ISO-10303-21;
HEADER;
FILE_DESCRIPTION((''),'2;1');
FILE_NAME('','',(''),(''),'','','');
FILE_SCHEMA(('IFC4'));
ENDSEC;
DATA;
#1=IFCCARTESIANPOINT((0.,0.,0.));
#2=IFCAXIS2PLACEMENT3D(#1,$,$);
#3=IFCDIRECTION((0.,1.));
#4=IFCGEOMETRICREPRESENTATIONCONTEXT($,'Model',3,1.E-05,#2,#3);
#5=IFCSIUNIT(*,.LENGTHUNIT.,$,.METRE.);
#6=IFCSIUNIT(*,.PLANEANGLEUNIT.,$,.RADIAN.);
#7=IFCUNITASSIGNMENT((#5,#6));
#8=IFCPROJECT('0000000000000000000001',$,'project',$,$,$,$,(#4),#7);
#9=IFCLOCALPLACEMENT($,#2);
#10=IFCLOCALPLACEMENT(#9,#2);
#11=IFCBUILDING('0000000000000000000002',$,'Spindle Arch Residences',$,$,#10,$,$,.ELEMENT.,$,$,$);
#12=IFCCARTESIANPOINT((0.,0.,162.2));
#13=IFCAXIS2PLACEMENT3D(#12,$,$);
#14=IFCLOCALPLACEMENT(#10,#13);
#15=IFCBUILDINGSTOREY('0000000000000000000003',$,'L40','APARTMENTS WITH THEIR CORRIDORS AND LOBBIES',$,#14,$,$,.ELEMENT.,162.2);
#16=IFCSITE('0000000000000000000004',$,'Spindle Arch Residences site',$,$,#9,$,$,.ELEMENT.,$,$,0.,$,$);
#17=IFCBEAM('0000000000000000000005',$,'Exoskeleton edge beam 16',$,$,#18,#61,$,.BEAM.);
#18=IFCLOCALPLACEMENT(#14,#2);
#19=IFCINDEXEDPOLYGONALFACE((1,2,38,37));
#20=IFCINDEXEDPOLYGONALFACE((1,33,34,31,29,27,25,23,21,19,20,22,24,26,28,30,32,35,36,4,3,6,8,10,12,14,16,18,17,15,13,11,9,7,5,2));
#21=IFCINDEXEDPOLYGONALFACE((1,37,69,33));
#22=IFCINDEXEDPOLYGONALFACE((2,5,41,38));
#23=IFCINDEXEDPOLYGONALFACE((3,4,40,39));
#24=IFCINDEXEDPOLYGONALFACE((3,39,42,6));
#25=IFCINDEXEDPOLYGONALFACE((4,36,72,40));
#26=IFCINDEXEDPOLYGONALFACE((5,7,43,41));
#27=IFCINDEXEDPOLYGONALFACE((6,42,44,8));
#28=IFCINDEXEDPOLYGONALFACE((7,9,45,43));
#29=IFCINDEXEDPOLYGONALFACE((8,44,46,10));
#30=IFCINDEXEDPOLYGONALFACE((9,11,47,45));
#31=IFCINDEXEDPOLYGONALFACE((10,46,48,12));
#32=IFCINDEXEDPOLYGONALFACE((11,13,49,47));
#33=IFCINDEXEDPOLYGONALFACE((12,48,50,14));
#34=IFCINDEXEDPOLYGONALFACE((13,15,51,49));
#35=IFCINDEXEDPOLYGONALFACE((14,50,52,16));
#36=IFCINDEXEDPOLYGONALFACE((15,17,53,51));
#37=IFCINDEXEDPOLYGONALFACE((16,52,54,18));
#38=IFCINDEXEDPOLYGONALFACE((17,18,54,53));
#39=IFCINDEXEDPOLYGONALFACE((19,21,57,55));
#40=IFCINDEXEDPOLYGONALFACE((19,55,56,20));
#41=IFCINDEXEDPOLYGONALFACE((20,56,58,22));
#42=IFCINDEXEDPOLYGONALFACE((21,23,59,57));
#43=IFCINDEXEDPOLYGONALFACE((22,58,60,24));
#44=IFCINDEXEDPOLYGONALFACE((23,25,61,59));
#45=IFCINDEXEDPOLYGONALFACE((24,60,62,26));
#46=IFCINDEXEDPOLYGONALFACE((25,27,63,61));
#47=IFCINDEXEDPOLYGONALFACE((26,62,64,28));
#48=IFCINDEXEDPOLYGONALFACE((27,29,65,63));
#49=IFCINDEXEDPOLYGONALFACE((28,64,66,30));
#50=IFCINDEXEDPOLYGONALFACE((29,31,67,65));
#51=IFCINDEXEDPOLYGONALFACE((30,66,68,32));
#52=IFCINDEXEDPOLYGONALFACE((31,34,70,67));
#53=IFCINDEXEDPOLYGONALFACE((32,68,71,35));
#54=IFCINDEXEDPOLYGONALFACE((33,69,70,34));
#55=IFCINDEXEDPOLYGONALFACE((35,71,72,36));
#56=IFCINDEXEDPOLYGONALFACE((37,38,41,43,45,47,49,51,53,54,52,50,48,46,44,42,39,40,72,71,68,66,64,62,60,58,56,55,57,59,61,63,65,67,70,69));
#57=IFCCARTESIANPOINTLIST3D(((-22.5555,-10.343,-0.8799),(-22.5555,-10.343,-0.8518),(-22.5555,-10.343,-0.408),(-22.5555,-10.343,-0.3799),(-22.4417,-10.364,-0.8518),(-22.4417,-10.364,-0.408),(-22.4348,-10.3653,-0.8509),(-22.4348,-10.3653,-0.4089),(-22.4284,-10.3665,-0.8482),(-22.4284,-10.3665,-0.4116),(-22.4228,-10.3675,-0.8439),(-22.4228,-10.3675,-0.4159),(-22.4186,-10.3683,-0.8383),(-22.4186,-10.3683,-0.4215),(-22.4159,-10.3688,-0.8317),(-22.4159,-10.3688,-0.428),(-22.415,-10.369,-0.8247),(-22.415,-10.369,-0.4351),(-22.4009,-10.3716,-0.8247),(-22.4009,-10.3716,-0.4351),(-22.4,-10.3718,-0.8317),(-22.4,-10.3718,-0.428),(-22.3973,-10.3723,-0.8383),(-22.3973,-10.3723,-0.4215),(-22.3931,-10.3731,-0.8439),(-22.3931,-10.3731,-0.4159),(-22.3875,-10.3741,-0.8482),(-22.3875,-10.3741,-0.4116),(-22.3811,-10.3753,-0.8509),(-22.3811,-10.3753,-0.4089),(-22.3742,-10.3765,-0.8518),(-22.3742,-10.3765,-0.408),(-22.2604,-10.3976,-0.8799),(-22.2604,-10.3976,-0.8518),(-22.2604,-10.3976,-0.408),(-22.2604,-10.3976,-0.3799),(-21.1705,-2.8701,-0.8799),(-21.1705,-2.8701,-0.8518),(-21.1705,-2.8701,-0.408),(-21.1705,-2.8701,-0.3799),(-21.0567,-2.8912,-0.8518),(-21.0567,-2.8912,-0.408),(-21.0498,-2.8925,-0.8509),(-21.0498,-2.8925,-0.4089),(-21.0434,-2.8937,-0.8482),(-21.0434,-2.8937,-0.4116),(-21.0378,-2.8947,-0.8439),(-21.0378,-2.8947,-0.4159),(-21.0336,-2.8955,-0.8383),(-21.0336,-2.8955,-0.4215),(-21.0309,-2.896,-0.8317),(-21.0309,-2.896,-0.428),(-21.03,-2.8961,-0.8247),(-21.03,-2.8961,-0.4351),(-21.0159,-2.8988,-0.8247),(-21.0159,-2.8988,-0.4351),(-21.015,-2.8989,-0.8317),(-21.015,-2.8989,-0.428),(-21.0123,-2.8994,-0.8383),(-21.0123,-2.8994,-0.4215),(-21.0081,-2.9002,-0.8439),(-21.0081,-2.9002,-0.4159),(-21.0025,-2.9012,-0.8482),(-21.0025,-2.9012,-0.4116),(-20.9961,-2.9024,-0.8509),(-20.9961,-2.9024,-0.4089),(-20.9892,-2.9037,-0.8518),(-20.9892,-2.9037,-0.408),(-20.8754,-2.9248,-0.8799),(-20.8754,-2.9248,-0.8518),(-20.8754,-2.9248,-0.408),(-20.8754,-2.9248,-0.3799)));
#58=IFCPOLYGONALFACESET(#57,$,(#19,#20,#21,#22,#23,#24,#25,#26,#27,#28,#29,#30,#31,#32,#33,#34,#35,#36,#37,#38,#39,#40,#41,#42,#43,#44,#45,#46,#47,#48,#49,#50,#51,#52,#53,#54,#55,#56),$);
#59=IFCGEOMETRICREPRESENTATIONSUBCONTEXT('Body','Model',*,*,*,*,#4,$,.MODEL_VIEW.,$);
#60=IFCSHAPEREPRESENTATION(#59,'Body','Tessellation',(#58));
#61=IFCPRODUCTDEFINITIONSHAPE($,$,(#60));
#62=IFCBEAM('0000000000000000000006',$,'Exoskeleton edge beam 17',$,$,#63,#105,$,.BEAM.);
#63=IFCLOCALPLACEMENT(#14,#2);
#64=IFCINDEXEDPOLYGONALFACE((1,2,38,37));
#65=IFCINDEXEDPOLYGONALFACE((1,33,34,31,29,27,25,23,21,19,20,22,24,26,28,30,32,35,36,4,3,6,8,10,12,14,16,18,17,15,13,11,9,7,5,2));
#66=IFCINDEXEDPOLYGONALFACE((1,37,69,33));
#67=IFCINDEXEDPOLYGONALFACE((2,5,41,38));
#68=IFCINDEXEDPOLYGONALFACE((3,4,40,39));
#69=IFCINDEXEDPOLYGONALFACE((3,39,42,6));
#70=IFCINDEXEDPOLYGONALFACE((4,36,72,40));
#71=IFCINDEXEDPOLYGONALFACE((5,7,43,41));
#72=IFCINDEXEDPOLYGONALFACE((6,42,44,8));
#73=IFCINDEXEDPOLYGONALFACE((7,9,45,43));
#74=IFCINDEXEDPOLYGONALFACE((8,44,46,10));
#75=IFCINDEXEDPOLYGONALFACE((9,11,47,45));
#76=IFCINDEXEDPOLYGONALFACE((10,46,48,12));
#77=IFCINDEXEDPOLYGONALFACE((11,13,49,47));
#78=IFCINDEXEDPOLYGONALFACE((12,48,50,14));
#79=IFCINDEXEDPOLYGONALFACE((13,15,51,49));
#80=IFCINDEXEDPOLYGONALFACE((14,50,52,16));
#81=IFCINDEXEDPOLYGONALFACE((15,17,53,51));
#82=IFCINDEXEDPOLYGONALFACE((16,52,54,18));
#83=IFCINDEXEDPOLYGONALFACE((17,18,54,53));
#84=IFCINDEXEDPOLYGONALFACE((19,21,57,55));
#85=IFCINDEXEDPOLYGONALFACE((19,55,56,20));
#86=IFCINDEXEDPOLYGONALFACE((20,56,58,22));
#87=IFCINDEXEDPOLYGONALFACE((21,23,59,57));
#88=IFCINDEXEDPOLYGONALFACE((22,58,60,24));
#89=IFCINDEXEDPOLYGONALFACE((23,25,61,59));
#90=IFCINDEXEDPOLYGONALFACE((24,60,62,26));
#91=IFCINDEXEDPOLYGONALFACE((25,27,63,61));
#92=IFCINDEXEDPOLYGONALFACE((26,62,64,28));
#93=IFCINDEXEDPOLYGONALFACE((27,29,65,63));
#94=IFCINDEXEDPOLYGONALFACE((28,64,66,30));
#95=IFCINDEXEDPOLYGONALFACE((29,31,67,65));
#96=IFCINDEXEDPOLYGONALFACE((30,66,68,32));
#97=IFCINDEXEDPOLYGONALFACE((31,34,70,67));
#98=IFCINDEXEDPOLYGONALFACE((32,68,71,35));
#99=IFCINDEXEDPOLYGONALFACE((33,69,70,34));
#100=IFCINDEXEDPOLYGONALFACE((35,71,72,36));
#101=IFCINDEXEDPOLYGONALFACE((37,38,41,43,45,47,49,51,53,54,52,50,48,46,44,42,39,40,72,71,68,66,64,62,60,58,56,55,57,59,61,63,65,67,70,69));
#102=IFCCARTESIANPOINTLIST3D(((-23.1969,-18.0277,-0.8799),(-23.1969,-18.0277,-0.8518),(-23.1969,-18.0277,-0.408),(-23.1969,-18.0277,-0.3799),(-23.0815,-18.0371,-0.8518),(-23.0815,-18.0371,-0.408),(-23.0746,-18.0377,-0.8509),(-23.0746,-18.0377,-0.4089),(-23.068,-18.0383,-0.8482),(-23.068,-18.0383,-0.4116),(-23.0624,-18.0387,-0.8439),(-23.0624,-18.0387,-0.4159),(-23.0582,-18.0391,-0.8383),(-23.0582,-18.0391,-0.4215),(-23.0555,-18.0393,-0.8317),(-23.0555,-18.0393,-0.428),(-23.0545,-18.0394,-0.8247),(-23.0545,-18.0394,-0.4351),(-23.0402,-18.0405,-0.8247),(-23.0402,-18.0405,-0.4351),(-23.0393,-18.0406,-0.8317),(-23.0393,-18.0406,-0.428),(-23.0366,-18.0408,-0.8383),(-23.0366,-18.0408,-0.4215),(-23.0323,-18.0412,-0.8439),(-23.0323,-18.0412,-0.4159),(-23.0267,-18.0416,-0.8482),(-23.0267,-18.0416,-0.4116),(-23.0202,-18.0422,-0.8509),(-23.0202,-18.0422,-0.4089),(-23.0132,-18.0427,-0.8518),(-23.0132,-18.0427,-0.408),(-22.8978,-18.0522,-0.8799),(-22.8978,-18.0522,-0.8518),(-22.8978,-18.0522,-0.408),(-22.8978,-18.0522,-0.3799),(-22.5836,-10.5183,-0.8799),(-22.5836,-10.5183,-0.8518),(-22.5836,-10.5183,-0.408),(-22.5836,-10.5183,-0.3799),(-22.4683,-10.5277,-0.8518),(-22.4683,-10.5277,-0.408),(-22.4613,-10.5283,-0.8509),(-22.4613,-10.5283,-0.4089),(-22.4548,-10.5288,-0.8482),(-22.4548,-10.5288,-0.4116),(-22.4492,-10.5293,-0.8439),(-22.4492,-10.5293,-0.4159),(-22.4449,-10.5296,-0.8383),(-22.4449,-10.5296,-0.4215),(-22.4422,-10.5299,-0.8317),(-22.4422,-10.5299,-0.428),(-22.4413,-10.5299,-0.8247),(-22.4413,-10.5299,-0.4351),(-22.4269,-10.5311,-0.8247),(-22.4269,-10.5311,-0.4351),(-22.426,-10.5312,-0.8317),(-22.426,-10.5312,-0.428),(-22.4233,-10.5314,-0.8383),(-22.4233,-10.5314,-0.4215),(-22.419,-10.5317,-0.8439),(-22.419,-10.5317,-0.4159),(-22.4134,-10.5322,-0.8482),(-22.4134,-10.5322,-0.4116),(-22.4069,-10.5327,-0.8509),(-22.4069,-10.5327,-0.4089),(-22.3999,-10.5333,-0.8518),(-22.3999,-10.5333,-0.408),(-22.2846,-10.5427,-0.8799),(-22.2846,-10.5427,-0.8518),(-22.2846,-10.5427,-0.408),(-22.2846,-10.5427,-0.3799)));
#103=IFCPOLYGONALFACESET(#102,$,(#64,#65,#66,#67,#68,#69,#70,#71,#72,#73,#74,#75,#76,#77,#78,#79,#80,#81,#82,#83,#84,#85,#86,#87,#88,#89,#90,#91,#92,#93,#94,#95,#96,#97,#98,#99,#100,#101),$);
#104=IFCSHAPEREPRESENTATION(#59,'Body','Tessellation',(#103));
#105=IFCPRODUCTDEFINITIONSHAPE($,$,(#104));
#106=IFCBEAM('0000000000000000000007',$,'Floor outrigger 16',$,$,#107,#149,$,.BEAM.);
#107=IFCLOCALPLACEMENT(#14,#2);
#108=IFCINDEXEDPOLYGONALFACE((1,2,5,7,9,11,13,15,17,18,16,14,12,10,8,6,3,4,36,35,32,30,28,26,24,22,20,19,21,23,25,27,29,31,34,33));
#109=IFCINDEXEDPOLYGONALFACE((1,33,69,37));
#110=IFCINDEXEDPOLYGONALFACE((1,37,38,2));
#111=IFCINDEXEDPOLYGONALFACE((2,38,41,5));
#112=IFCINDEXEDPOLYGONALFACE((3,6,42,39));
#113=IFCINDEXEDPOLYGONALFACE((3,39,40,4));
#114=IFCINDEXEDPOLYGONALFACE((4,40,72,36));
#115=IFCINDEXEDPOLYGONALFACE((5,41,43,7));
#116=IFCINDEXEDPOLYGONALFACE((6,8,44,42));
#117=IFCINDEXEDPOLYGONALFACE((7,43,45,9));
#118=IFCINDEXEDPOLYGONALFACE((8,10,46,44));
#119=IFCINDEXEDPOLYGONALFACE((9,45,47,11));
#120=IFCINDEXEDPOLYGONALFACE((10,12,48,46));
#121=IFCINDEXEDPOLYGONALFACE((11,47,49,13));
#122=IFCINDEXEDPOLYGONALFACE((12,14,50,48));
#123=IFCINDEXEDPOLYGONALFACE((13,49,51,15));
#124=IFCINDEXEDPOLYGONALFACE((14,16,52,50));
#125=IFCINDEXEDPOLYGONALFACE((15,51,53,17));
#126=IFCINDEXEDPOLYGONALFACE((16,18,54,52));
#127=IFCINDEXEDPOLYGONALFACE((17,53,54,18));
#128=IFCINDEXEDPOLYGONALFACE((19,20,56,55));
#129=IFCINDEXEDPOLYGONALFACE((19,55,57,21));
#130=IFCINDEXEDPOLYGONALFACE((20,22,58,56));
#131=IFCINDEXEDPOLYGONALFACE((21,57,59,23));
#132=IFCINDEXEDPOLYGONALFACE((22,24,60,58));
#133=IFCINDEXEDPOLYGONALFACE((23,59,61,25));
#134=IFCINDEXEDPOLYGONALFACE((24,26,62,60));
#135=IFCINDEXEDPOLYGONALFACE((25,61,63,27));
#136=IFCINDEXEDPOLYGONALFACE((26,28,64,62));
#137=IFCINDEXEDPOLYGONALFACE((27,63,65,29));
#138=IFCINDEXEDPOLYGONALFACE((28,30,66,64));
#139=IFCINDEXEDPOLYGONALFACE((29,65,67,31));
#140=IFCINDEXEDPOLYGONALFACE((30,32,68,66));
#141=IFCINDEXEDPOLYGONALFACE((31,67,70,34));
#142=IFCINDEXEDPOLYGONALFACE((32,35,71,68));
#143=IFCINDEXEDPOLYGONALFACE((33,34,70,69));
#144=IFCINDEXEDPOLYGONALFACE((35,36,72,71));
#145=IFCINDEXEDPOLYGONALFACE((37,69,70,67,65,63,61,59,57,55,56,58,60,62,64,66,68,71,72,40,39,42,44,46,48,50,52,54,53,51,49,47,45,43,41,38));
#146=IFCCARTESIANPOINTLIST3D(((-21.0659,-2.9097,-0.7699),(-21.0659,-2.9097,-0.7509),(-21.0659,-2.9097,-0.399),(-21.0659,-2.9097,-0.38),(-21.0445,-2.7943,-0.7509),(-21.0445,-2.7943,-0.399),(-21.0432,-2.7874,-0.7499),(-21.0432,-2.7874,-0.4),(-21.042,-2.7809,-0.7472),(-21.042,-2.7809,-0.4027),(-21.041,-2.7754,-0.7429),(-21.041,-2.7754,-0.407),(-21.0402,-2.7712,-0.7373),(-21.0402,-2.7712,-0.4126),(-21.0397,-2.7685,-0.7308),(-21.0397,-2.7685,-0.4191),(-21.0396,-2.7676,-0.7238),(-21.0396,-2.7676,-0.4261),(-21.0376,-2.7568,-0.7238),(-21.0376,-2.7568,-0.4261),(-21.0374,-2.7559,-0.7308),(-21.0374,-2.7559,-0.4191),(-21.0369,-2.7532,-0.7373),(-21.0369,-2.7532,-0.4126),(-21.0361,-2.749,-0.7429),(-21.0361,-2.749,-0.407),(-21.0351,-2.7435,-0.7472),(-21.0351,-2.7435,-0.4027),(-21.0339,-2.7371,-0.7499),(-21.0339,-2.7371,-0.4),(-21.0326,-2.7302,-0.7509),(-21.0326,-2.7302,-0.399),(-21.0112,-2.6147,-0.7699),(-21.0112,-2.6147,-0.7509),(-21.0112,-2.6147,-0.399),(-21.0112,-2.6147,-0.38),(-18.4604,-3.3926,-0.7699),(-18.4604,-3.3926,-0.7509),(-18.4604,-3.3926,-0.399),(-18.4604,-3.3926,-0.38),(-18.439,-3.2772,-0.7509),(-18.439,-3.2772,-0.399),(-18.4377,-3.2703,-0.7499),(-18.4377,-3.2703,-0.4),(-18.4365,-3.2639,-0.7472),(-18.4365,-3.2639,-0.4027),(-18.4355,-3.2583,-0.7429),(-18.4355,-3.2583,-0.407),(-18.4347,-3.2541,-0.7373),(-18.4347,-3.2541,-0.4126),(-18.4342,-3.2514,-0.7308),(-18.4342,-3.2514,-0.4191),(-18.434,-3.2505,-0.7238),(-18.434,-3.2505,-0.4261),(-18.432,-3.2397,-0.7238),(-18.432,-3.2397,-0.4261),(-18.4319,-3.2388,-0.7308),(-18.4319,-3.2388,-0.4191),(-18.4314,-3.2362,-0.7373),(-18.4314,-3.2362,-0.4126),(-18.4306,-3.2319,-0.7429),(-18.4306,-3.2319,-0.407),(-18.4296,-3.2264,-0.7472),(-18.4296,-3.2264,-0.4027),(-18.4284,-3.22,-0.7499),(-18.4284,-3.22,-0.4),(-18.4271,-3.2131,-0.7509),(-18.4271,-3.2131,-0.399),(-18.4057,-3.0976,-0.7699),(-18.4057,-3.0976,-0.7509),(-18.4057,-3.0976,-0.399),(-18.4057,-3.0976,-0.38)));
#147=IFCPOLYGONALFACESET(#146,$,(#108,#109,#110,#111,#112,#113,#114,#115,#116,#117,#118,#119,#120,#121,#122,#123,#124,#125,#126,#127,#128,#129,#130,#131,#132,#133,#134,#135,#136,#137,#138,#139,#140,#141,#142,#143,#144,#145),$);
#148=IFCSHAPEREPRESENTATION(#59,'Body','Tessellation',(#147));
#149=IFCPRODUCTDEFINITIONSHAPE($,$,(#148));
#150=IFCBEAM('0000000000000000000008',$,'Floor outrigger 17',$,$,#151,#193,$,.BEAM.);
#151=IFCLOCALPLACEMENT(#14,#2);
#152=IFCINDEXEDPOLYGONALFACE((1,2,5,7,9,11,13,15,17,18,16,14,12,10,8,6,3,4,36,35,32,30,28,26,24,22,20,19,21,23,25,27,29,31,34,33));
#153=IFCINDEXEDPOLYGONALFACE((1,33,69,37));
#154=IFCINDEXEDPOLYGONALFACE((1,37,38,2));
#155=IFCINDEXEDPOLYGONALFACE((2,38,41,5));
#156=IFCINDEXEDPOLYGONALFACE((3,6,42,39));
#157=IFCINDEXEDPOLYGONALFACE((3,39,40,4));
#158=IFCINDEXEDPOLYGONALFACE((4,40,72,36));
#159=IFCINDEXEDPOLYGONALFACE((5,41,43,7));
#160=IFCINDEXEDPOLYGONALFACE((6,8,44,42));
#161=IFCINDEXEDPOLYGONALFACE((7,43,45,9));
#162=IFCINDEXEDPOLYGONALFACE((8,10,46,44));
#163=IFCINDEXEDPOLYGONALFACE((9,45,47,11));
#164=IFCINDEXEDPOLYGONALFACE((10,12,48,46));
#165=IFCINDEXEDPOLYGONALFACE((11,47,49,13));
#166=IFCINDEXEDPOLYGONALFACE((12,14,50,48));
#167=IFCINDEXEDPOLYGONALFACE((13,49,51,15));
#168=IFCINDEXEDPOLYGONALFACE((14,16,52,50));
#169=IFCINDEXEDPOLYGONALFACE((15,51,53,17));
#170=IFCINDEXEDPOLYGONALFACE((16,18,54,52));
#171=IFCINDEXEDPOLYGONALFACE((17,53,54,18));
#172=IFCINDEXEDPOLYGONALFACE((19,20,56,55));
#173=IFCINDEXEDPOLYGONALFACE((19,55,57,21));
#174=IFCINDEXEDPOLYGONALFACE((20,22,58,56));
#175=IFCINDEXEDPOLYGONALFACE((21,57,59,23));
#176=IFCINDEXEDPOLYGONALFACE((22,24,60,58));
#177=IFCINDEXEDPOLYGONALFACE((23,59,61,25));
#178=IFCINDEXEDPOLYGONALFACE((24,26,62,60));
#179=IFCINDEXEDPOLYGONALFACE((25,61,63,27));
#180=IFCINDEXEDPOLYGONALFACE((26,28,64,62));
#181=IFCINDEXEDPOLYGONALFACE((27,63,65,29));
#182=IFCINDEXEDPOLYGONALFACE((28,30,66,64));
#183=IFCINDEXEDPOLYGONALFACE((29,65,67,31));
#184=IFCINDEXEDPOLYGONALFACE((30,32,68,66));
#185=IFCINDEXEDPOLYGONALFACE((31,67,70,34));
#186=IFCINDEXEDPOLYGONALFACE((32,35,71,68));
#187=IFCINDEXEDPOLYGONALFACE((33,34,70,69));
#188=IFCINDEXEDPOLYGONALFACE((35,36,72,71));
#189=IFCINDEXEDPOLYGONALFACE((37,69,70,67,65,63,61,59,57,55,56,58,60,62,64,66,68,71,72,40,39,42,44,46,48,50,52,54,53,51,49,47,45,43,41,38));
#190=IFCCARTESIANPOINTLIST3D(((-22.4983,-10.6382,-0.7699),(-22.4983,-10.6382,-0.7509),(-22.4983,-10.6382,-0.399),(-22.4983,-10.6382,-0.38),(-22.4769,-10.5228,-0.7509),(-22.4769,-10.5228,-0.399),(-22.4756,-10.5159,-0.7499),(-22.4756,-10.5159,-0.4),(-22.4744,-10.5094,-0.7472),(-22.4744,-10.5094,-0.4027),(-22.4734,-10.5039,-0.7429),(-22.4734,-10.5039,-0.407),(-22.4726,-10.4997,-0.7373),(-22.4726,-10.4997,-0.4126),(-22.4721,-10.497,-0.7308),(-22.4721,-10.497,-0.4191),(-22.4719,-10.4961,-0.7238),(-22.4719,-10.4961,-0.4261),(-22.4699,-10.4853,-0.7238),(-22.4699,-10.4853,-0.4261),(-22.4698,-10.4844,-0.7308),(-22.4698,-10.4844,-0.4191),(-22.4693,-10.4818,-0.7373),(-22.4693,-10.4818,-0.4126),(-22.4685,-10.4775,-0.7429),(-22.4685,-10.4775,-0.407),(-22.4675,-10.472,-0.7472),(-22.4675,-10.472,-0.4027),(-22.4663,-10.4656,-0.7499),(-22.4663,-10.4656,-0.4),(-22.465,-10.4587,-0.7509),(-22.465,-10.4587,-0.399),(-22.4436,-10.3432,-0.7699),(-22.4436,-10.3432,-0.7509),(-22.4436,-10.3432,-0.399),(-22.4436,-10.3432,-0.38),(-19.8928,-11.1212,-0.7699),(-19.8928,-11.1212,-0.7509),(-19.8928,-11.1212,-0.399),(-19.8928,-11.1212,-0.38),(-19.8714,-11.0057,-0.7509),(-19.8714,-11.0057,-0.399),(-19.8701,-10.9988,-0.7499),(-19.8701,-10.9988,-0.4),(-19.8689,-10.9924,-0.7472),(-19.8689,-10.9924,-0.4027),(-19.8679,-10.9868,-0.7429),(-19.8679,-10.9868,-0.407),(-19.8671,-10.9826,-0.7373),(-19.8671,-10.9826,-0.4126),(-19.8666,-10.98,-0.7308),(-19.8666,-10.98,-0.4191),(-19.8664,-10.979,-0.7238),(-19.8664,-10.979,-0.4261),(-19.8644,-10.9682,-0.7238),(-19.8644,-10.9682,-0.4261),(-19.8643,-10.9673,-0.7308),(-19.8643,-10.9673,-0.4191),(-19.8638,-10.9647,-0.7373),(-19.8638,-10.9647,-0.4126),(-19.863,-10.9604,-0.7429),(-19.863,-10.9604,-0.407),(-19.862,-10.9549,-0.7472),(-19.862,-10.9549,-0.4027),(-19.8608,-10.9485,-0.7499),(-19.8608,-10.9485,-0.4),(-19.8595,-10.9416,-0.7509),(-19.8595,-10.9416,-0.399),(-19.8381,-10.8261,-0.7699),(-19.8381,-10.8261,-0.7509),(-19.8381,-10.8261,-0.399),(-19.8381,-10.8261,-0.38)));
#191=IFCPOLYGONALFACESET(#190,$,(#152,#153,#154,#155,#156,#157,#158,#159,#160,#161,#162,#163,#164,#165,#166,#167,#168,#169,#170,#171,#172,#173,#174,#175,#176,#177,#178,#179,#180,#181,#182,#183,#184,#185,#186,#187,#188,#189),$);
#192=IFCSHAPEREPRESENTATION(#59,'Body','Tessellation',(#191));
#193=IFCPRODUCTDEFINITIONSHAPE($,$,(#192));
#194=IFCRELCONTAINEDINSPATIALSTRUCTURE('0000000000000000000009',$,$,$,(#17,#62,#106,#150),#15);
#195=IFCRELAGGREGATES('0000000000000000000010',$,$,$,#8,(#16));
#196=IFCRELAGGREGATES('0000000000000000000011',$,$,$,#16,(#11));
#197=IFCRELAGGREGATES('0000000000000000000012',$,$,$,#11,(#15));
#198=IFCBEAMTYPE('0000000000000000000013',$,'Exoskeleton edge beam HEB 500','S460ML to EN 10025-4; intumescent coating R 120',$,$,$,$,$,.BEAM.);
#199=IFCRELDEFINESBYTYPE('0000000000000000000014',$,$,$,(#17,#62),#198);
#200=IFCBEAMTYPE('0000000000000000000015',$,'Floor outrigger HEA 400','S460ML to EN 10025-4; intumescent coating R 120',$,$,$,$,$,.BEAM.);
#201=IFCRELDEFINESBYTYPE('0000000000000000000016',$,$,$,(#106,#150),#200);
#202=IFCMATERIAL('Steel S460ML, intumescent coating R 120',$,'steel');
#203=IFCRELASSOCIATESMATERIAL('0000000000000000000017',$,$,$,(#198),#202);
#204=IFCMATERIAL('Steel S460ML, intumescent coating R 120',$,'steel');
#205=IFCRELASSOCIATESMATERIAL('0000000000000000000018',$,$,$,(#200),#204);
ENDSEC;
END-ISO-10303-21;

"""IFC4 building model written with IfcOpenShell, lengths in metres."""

from ifc_helpers import new_model, si_unit, direction, frame, origin, origin_2d, place, context, subcontext, project, spatial, i_section, extrude, material, material_profile, profile_set, type_object, element, save


model = new_model("IFC4")

# Units and contexts
model_context = context("Model", 3, precision=1e-05, world=origin(), true_north=direction((0.0, 1.0)))
body_context = subcontext(model_context, "Body", "Model", "MODEL_VIEW")
ifc_project = project(units=[si_unit("LENGTHUNIT", "METRE"), si_unit("PLANEANGLEUNIT", "RADIAN")], contexts=[model_context])

# Site, building, storey
site_placement = place(None, origin())
site = spatial("IfcSite", under=ifc_project, at=site_placement, Name="Spindle Arch Residences site", CompositionType="ELEMENT", RefElevation=0.0)
building_placement = place(site_placement, origin())
building = spatial("IfcBuilding", under=site, at=building_placement, Name="Spindle Arch Residences", CompositionType="ELEMENT")
storey_placement = place(building_placement, frame((0.0, 0.0, 162.2)))
storey = spatial("IfcBuildingStorey", under=building, at=storey_placement, Name="L40", Description="APARTMENTS WITH THEIR CORRIDORS AND LOBBIES", CompositionType="ELEMENT", Elevation=162.2)

# Beams
ifc_material_1 = material(Name="Steel S460ML, intumescent coating R 120", Category="steel")
ifc_material_profile_1 = material_profile(ifc_material_1, i_section(OverallWidth=0.3, OverallDepth=0.5, WebThickness=0.0144, FlangeThickness=0.0281, FilletRadius=0.0271, at=origin_2d()), Name="HEB 500")
ifc_profile_set_1 = profile_set([ifc_material_profile_1], Name="Steel S460ML, intumescent coating R 120")
beam_type_1 = type_object("IfcBeamType", Name="Exoskeleton edge beam HEB 500", Description="S460ML to EN 10025-4; intumescent coating R 120", PredefinedType="BEAM", material=ifc_profile_set_1)
beam_1_placement = place(storey_placement, frame((-21.0229, -2.8975, -0.6299), z_axis=(-0.182234, -0.983255, 0.0), x_axis=(0.983255, -0.182234, 0.0)))
element("IfcBeam", 1, at=beam_1_placement, inside=storey, type_object=beam_type_1, Name="Exoskeleton edge beam 16", PredefinedType="BEAM", context=body_context, shape_type="SweptSolid", body=[
    extrude(i_section(OverallWidth=0.3, OverallDepth=0.5, WebThickness=0.0144, FlangeThickness=0.0281, FilletRadius=0.0271, at=origin_2d()), origin(), (0.0, 0.0, 1.0), 7.6001),
])
beam_2_placement = place(storey_placement, frame((-22.4341, -10.5305, -0.6299), z_axis=(-0.081396, -0.996682, 0.0), x_axis=(0.996682, -0.081396, 0.0)))
element("IfcBeam", 2, at=beam_2_placement, inside=storey, type_object=beam_type_1, Name="Exoskeleton edge beam 17", PredefinedType="BEAM", context=body_context, shape_type="SweptSolid", body=[
    extrude(i_section(OverallWidth=0.3, OverallDepth=0.5, WebThickness=0.0144, FlangeThickness=0.0281, FilletRadius=0.0271, at=origin_2d()), origin(), (0.0, 0.0, 1.0), 7.5344),
])
ifc_material_2 = material(Name="Steel S460ML, intumescent coating R 120", Category="steel")
ifc_material_profile_2 = material_profile(ifc_material_2, i_section(OverallWidth=0.3, OverallDepth=0.3899, WebThickness=0.011, FlangeThickness=0.019, FilletRadius=0.0271, at=origin_2d()), Name="HEA 400")
ifc_profile_set_2 = profile_set([ifc_material_profile_2], Name="Steel S460ML, intumescent coating R 120")
beam_type_2 = type_object("IfcBeamType", Name="Floor outrigger HEA 400", Description="S460ML to EN 10025-4; intumescent coating R 120", PredefinedType="BEAM", material=ifc_profile_set_2)
for number, where, z_axis, x_axis, name in (
    (3, (-21.0386, -2.7622, -0.575), (0.983254, -0.182241, 0.0), (0.182241, 0.983254, 0.0), "Floor outrigger 16"),
    (4, (-22.4709, -10.4907, -0.575), (0.983254, -0.182241, 0.0), (0.182241, 0.983254, 0.0), "Floor outrigger 17"),
):
    element("IfcBeam", number, at=place(storey_placement, frame(where, z_axis=z_axis, x_axis=x_axis)), inside=storey, type_object=beam_type_2, Name=name, PredefinedType="BEAM", context=body_context, shape_type="SweptSolid", body=[
        extrude(i_section(OverallWidth=0.3, OverallDepth=0.3899, WebThickness=0.011, FlangeThickness=0.019, FilletRadius=0.0271, at=origin_2d()), origin(), (0.0, 0.0, 1.0), 2.6499),
    ])

save(model, "model.ifc")
